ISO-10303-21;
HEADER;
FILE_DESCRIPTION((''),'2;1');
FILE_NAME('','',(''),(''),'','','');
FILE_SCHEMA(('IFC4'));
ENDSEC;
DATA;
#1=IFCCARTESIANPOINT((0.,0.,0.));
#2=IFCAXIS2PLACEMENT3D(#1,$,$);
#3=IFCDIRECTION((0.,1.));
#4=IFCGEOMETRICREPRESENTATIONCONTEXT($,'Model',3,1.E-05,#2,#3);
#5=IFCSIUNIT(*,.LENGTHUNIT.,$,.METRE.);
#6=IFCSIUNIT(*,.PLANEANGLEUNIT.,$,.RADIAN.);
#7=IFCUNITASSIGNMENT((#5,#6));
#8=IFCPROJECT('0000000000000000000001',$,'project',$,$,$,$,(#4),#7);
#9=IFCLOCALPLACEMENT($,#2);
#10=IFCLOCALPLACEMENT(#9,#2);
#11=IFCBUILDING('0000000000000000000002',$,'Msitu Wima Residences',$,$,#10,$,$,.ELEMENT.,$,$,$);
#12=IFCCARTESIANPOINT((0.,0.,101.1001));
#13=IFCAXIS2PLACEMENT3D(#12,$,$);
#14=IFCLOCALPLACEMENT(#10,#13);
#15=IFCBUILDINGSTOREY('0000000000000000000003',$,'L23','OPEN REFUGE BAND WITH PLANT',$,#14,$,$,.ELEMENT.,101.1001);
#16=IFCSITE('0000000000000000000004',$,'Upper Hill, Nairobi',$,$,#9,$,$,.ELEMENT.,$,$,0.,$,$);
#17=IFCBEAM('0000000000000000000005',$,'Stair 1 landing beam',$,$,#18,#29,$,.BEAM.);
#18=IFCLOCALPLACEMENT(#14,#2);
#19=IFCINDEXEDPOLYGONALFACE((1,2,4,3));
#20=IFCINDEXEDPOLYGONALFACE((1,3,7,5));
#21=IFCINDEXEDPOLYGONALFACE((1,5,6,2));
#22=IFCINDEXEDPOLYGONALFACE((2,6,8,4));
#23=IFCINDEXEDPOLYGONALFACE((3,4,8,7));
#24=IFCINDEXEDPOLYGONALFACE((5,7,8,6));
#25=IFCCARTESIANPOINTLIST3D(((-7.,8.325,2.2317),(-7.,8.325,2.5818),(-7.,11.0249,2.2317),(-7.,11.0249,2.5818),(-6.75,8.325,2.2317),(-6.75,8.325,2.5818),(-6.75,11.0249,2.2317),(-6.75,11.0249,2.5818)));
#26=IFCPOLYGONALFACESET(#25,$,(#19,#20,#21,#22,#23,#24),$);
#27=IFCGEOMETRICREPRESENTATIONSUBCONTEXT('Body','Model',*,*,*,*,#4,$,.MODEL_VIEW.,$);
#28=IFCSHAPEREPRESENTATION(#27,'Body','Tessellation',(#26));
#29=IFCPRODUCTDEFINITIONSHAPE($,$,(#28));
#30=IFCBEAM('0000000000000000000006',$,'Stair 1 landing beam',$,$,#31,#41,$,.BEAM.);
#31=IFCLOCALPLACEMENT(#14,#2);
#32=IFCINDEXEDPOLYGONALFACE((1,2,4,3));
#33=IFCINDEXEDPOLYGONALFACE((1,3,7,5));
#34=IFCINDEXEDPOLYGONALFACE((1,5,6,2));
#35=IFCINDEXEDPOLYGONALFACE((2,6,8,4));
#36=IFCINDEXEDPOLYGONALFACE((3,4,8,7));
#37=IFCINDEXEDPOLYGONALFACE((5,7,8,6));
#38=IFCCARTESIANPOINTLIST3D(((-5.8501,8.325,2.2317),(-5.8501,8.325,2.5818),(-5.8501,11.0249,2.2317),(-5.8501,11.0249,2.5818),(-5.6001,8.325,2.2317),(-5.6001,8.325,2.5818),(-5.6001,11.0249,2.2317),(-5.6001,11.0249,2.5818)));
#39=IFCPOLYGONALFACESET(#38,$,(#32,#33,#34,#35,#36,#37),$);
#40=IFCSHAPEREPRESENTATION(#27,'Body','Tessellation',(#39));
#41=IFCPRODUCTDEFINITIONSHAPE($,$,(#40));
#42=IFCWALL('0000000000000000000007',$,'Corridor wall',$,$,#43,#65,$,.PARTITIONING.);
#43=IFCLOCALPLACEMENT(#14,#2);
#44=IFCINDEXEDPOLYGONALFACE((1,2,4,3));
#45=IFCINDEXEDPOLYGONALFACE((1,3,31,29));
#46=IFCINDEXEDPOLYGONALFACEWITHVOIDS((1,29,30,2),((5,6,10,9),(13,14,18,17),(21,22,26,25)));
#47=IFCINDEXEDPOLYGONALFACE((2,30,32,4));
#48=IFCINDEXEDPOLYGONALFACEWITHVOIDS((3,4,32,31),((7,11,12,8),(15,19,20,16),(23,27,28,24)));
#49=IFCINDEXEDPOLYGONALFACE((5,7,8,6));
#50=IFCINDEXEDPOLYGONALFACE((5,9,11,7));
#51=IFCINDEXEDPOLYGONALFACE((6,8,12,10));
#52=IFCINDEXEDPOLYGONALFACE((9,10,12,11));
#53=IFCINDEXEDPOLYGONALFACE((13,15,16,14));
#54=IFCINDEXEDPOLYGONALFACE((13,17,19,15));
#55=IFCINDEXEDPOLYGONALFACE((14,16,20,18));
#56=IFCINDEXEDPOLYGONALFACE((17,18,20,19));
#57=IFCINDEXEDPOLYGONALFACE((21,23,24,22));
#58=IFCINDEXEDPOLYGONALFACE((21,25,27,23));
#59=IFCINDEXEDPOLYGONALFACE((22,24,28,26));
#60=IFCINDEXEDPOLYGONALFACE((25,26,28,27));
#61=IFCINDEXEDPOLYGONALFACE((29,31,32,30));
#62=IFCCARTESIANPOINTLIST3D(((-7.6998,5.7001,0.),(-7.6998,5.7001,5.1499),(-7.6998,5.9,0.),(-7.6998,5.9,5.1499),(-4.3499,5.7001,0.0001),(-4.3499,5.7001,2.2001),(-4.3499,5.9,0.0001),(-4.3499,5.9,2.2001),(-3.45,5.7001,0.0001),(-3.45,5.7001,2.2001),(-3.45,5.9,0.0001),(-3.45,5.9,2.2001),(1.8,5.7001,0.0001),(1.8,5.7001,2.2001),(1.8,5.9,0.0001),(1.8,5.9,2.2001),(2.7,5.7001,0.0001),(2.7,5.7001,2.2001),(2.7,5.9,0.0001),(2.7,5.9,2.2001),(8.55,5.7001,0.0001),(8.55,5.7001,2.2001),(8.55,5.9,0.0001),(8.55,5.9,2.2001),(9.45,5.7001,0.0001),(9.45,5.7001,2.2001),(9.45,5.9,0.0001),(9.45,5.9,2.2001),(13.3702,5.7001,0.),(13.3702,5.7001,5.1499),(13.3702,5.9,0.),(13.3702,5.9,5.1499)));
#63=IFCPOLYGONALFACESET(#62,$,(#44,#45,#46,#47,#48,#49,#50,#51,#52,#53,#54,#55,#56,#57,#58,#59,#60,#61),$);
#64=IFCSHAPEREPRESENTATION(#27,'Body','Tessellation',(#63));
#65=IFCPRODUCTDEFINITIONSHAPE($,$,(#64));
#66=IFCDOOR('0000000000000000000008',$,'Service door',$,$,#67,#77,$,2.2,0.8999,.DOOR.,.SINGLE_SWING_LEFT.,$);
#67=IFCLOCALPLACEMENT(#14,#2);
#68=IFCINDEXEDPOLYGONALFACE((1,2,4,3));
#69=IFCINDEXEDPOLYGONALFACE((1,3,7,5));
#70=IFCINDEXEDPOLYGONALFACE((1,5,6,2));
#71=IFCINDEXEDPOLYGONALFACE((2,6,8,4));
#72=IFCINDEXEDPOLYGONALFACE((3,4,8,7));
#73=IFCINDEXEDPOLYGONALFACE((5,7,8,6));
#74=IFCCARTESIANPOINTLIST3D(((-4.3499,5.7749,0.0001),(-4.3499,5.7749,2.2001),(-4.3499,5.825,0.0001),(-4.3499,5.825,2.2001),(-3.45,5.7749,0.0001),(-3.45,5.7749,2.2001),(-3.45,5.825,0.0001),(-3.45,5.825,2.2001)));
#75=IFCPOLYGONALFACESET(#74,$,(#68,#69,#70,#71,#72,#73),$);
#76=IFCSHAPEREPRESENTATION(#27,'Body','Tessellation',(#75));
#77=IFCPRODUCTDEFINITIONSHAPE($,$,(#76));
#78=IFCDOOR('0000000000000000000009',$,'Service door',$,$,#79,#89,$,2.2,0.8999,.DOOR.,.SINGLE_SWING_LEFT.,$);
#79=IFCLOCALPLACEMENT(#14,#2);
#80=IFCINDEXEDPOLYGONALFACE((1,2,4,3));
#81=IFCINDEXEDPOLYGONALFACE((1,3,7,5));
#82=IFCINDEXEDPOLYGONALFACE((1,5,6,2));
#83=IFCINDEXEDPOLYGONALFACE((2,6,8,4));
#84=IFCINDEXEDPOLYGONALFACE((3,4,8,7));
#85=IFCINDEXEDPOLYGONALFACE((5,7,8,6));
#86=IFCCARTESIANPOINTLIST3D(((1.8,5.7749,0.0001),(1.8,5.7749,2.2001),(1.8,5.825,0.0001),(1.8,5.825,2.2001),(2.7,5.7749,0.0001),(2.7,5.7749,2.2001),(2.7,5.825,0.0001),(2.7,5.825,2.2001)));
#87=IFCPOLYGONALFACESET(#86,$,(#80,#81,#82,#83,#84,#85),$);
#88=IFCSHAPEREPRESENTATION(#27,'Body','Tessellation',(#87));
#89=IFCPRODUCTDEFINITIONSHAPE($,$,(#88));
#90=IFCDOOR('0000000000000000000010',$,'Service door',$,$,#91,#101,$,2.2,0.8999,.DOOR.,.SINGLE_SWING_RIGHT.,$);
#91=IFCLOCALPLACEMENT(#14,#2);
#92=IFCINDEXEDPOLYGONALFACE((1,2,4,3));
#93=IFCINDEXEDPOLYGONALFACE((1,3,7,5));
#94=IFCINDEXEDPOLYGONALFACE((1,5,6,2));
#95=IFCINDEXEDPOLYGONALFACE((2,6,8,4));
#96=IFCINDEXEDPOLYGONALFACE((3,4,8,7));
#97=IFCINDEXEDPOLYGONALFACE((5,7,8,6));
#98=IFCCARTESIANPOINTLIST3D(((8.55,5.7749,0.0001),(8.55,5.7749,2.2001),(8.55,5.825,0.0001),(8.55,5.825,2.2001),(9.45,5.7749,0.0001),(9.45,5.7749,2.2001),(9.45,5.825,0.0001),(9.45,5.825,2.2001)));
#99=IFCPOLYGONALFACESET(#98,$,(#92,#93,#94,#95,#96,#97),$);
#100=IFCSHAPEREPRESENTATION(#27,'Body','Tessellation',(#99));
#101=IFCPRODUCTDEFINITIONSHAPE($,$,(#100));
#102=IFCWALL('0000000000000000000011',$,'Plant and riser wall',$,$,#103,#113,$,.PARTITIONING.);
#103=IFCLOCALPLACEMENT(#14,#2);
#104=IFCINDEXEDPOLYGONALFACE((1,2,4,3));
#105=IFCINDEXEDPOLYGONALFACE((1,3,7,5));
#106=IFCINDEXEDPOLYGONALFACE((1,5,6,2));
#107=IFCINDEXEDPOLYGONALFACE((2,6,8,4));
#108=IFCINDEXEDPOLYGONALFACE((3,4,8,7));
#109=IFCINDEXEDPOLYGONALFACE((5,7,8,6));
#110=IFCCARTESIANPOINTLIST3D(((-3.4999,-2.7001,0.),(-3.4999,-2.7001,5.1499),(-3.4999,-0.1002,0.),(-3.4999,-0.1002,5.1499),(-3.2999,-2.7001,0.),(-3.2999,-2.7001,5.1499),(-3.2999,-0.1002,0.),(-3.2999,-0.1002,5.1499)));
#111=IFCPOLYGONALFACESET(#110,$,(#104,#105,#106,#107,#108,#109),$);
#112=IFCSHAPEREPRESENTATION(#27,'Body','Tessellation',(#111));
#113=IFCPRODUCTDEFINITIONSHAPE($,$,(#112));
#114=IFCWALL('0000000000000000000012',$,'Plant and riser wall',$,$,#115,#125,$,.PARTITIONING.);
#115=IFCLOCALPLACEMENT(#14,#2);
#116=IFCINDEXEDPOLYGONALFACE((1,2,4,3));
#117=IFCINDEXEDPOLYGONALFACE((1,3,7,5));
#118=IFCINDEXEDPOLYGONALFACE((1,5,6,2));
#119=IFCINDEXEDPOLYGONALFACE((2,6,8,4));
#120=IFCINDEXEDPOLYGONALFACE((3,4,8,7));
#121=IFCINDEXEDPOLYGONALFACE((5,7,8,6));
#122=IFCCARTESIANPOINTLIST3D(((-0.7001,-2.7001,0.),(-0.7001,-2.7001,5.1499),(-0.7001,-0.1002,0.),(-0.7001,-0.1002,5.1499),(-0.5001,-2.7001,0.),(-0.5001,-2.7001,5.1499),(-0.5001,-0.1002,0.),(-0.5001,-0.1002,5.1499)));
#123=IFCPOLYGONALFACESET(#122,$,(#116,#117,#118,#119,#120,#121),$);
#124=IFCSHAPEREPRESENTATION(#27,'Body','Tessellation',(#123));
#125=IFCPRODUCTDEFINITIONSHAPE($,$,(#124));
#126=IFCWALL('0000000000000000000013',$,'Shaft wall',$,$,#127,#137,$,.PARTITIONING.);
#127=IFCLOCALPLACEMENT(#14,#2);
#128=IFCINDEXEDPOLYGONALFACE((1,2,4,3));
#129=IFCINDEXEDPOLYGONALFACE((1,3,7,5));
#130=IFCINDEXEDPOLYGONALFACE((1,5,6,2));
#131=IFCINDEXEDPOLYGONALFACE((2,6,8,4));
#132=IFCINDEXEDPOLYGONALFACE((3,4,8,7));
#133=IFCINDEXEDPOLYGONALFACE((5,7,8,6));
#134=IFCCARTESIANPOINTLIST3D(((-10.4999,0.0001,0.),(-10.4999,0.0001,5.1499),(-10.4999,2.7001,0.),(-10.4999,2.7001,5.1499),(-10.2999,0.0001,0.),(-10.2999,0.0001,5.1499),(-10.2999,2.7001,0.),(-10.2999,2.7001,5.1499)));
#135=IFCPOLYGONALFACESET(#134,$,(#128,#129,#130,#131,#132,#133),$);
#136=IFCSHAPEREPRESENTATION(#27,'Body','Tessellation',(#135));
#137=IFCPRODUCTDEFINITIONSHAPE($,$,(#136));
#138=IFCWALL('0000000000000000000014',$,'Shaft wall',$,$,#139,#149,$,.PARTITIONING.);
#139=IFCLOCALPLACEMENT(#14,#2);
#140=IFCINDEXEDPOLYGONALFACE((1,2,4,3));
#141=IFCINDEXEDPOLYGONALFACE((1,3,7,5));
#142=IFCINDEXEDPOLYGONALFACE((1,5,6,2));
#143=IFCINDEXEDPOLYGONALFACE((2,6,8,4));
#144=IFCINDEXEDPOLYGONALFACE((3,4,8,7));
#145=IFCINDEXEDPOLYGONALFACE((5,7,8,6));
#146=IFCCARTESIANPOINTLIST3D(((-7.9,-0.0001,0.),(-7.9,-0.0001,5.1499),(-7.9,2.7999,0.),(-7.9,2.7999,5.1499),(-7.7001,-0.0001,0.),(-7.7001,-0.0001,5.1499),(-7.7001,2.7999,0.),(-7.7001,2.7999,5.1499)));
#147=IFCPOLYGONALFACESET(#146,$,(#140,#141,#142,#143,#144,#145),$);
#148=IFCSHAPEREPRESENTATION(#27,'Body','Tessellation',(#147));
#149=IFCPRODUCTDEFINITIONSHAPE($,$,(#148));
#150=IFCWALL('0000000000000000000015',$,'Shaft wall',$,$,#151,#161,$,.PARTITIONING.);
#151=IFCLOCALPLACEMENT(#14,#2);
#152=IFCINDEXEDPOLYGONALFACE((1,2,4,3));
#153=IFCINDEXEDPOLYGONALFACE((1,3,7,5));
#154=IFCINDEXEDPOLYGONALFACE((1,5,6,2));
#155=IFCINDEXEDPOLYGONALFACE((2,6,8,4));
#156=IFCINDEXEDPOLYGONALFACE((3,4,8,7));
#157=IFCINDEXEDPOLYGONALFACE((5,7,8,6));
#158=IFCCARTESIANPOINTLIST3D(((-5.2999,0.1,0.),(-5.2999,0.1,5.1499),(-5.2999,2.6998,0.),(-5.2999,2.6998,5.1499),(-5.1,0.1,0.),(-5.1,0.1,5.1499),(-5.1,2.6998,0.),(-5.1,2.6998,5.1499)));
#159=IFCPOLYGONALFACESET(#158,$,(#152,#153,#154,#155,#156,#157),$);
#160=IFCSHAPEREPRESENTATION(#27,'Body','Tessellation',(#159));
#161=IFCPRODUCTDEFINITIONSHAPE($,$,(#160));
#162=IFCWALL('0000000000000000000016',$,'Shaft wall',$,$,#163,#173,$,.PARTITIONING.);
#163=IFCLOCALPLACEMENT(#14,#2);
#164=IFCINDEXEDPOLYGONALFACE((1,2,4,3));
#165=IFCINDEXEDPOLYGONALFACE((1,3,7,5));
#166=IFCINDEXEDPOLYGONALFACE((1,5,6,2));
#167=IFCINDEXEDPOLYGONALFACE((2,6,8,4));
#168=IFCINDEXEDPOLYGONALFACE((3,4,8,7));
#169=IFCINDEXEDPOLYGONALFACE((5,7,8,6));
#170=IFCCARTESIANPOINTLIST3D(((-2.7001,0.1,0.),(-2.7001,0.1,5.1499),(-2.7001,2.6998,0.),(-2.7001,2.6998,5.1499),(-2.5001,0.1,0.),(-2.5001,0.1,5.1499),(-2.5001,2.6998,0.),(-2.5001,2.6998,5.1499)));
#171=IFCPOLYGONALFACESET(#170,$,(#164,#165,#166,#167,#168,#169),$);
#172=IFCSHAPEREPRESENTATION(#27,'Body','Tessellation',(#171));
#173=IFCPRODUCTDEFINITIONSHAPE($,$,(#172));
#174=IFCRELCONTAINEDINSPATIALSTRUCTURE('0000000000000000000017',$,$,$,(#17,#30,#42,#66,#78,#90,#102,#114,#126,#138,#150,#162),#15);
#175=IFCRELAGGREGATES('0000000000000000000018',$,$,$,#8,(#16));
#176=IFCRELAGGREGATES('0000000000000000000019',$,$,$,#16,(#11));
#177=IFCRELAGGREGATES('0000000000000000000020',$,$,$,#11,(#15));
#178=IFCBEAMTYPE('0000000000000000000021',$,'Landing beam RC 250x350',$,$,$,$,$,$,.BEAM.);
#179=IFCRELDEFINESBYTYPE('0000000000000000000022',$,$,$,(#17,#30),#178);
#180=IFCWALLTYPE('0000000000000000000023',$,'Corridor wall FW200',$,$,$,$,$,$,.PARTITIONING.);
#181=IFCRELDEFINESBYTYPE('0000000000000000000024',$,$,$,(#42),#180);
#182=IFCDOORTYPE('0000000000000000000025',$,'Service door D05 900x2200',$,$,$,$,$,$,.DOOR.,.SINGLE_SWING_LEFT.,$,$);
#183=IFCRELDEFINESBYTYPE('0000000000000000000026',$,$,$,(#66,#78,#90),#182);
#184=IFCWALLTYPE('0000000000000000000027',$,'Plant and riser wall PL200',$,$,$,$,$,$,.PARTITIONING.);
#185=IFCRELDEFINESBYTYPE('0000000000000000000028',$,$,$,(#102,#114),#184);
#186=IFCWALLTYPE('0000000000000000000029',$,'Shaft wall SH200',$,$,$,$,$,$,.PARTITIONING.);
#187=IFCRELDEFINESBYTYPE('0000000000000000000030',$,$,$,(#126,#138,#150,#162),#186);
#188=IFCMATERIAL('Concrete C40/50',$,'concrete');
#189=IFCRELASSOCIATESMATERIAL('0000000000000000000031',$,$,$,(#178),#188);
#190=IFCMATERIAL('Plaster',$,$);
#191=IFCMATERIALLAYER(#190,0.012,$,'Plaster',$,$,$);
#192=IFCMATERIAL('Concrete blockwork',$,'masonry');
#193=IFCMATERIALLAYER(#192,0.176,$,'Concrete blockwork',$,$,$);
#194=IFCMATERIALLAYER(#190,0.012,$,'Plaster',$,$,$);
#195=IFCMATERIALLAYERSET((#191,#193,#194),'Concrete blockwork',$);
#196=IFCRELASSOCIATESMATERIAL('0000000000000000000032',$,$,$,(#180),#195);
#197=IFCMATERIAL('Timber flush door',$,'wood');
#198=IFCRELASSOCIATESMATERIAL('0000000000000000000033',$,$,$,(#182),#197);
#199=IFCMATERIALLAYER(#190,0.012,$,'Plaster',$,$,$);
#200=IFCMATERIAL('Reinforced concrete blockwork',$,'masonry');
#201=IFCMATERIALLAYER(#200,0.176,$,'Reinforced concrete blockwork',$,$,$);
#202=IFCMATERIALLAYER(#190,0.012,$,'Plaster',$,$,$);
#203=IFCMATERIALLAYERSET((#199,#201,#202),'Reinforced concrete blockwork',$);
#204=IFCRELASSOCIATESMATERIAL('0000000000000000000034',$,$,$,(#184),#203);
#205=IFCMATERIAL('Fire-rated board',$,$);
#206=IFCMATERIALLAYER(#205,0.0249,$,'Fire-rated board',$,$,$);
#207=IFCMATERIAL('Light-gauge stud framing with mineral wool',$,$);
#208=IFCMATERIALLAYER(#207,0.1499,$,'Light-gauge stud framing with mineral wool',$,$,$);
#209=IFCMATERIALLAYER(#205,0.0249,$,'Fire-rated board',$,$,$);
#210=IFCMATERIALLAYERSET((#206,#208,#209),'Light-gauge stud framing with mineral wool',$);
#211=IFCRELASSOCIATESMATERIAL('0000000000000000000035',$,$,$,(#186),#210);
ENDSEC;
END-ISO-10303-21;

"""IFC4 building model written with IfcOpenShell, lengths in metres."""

from ifc_helpers import new_model, si_unit, direction, frame, frame_2d, origin, origin_2d, place, context, subcontext, project, spatial, rectangle, extrude, material, layer, layer_set, material_profile, profile_set, type_object, element, fill, save


model = new_model("IFC4")

# Units and contexts
model_context = context("Model", 3, precision=1e-05, world=origin(), true_north=direction((0.0, 1.0)))
body_context = subcontext(model_context, "Body", "Model", "MODEL_VIEW")
ifc_project = project(units=[si_unit("LENGTHUNIT", "METRE"), si_unit("PLANEANGLEUNIT", "RADIAN")], contexts=[model_context])

# Site, building, storey
site_placement = place(None, origin())
site = spatial("IfcSite", under=ifc_project, at=site_placement, Name="Upper Hill, Nairobi", CompositionType="ELEMENT", RefElevation=0.0)
building_placement = place(site_placement, origin())
building = spatial("IfcBuilding", under=site, at=building_placement, Name="Msitu Wima Residences", CompositionType="ELEMENT")
storey_placement = place(building_placement, frame((0.0, 0.0, 101.1001)))
storey = spatial("IfcBuildingStorey", under=building, at=storey_placement, Name="L23", Description="OPEN REFUGE BAND WITH PLANT", CompositionType="ELEMENT", Elevation=101.1001)

# Beams
ifc_material_1 = material(Name="Concrete C40/50", Category="concrete")
ifc_material_profile = material_profile(ifc_material_1, rectangle(XDim=0.25, YDim=0.3501, at=origin_2d()), Name="RC 250x350")
ifc_profile_set = profile_set([ifc_material_profile], Name="Concrete C40/50")
beam_type = type_object("IfcBeamType", Name="Landing beam RC 250x350", PredefinedType="BEAM", material=ifc_profile_set)
for number, where, z_axis, x_axis, name in (
    (1, (-6.875, 8.325, 2.4067), (0.0, 1.0, 0.0), (-1.0, 0.0, 0.0), "Stair 1 landing beam"),
    (2, (-5.7251, 8.325, 2.4067), (0.0, 1.0, 0.0), (-1.0, 0.0, 0.0), "Stair 1 landing beam"),
):
    element("IfcBeam", number, at=place(storey_placement, frame(where, z_axis=z_axis, x_axis=x_axis)), inside=storey, type_object=beam_type, Name=name, PredefinedType="BEAM", context=body_context, shape_type="SweptSolid", body=[
        extrude(rectangle(XDim=0.25, YDim=0.3501, at=origin_2d()), origin(), (0.0, 0.0, 1.0), 2.7),
    ])

# Shared definitions
ifc_material_2 = material(Name="Plaster")
ifc_layer_1 = layer(ifc_material_2, 0.012, Name="Plaster")
ifc_material_3 = material(Name="Concrete blockwork", Category="masonry")
ifc_layer_2 = layer(ifc_material_3, 0.176, Name="Concrete blockwork")
ifc_layer_3 = layer(ifc_material_2, 0.012, Name="Plaster")
ifc_layer_set_1 = layer_set([ifc_layer_1, ifc_layer_2, ifc_layer_3], Name="Concrete blockwork")
wall_type_1 = type_object("IfcWallType", Name="Corridor wall FW200", PredefinedType="PARTITIONING", material=ifc_layer_set_1)

# Wall, openings, doors
wall_1_placement = place(storey_placement, frame((-7.7, 5.8, 0.0), z_axis=(0.0, 0.0, 1.0), x_axis=(1.0, 0.0, 0.0)))
wall_1 = element("IfcWall", 3, at=wall_1_placement, inside=storey, type_object=wall_type_1, Name="Corridor wall", PredefinedType="PARTITIONING", context=body_context, shape_type="SweptSolid", body=[
    extrude(rectangle(XDim=21.0701, YDim=0.2, at=frame_2d((10.5352, 0.0))), origin(), (0.0, 0.0, 1.0), 5.1499),
])
opening_1_placement = place(wall_1_placement, frame((3.3501, 0.0, 0.0)))
opening_1 = element("IfcOpeningElement", 4, at=opening_1_placement, cuts=wall_1, PredefinedType="OPENING", context=body_context, shape_type="SweptSolid", body=[
    extrude(rectangle(XDim=0.8999, YDim=2.2, at=frame_2d((0.45, 1.1001))), frame((0.0, 0.1099, 0.0), z_axis=(0.0, -1.0, 0.0), x_axis=(1.0, 0.0, 0.0)), (0.0, 0.0, 1.0), 0.22),
])
opening_2_placement = place(wall_1_placement, frame((9.5, 0.0, 0.0)))
opening_2 = element("IfcOpeningElement", 5, at=opening_2_placement, cuts=wall_1, PredefinedType="OPENING", context=body_context, shape_type="SweptSolid", body=[
    extrude(rectangle(XDim=0.8999, YDim=2.2, at=frame_2d((0.45, 1.1001))), frame((0.0, 0.1099, 0.0), z_axis=(0.0, -1.0, 0.0), x_axis=(1.0, 0.0, 0.0)), (0.0, 0.0, 1.0), 0.22),
])
opening_3_placement = place(wall_1_placement, frame((16.25, 0.0, 0.0)))
opening_3 = element("IfcOpeningElement", 6, at=opening_3_placement, cuts=wall_1, PredefinedType="OPENING", context=body_context, shape_type="SweptSolid", body=[
    extrude(rectangle(XDim=0.8999, YDim=2.2, at=frame_2d((0.45, 1.1001))), frame((0.0, 0.1099, 0.0), z_axis=(0.0, -1.0, 0.0), x_axis=(1.0, 0.0, 0.0)), (0.0, 0.0, 1.0), 0.22),
])
ifc_material_4 = material(Name="Timber flush door", Category="wood")
door_type_1 = type_object("IfcDoorType", Name="Service door D05 900x2200", OperationType="SINGLE_SWING_LEFT", PredefinedType="DOOR", material=ifc_material_4)
door_1_placement = place(opening_1_placement, origin())
door_1 = element("IfcDoor", 7, at=door_1_placement, inside=storey, type_object=door_type_1, Name="Service door", OperationType="SINGLE_SWING_LEFT", OverallHeight=2.2, OverallWidth=0.8999, PredefinedType="DOOR", context=body_context, shape_type="SweptSolid", body=[
    extrude(rectangle(XDim=0.8999, YDim=2.2, at=frame_2d((0.45, 1.1001))), frame((0.0, 0.0249, 0.0), z_axis=(0.0, -1.0, 0.0), x_axis=(1.0, 0.0, 0.0)), (0.0, 0.0, 1.0), 0.05),
])
fill(opening_1, door_1)
door_2_placement = place(opening_2_placement, origin())
door_2 = element("IfcDoor", 8, at=door_2_placement, inside=storey, type_object=door_type_1, Name="Service door", OperationType="SINGLE_SWING_LEFT", OverallHeight=2.2, OverallWidth=0.8999, PredefinedType="DOOR", context=body_context, shape_type="SweptSolid", body=[
    extrude(rectangle(XDim=0.8999, YDim=2.2, at=frame_2d((0.45, 1.1001))), frame((0.0, 0.0249, 0.0), z_axis=(0.0, -1.0, 0.0), x_axis=(1.0, 0.0, 0.0)), (0.0, 0.0, 1.0), 0.05),
])
fill(opening_2, door_2)
door_3_placement = place(opening_3_placement, origin())
door_3 = element("IfcDoor", 9, at=door_3_placement, inside=storey, type_object=door_type_1, Name="Service door", OperationType="SINGLE_SWING_RIGHT", OverallHeight=2.2, OverallWidth=0.8999, PredefinedType="DOOR", context=body_context, shape_type="SweptSolid", body=[
    extrude(rectangle(XDim=0.8999, YDim=2.2, at=frame_2d((0.45, 1.1001))), frame((0.0, 0.0249, 0.0), z_axis=(0.0, -1.0, 0.0), x_axis=(1.0, 0.0, 0.0)), (0.0, 0.0, 1.0), 0.05),
])
fill(opening_3, door_3)

# Walls
ifc_layer_4 = layer(ifc_material_2, 0.012, Name="Plaster")
ifc_material_5 = material(Name="Reinforced concrete blockwork", Category="masonry")
ifc_layer_5 = layer(ifc_material_5, 0.176, Name="Reinforced concrete blockwork")
ifc_layer_6 = layer(ifc_material_2, 0.012, Name="Plaster")
ifc_layer_set_2 = layer_set([ifc_layer_4, ifc_layer_5, ifc_layer_6], Name="Reinforced concrete blockwork")
wall_type_2 = type_object("IfcWallType", Name="Plant and riser wall PL200", PredefinedType="PARTITIONING", material=ifc_layer_set_2)
for number, where, z_axis, x_axis, name in (
    (10, (-3.3999, -2.7, 0.0), (0.0, 0.0, 1.0), (0.0, 1.0, 0.0), "Plant and riser wall"),
    (11, (-0.6001, -2.7, 0.0), (0.0, 0.0, 1.0), (0.0, 1.0, 0.0), "Plant and riser wall"),
):
    element("IfcWall", number, at=place(storey_placement, frame(where, z_axis=z_axis, x_axis=x_axis)), inside=storey, type_object=wall_type_2, Name=name, PredefinedType="PARTITIONING", context=body_context, shape_type="SweptSolid", body=[
        extrude(rectangle(XDim=2.5999, YDim=0.2, at=frame_2d((1.2998, 0.0))), origin(), (0.0, 0.0, 1.0), 5.1499),
    ])
ifc_material_6 = material(Name="Fire-rated board")
ifc_layer_7 = layer(ifc_material_6, 0.0249, Name="Fire-rated board")
ifc_material_7 = material(Name="Light-gauge stud framing with mineral wool")
ifc_layer_8 = layer(ifc_material_7, 0.1499, Name="Light-gauge stud framing with mineral wool")
ifc_layer_9 = layer(ifc_material_6, 0.0249, Name="Fire-rated board")
ifc_layer_set_3 = layer_set([ifc_layer_7, ifc_layer_8, ifc_layer_9], Name="Light-gauge stud framing with mineral wool")
wall_type_3 = type_object("IfcWallType", Name="Shaft wall SH200", PredefinedType="PARTITIONING", material=ifc_layer_set_3)
wall_2_placement = place(storey_placement, frame((-10.3999, 0.0, 0.0), z_axis=(0.0, 0.0, 1.0), x_axis=(0.0, 1.0, 0.0)))
element("IfcWall", 12, at=wall_2_placement, inside=storey, type_object=wall_type_3, Name="Shaft wall", PredefinedType="PARTITIONING", context=body_context, shape_type="SweptSolid", body=[
    extrude(rectangle(XDim=2.7, YDim=0.2, at=frame_2d((1.3501, 0.0))), origin(), (0.0, 0.0, 1.0), 5.1499),
])
wall_3_placement = place(storey_placement, frame((-7.8, 0.0, 0.0), z_axis=(0.0, 0.0, 1.0), x_axis=(0.0, 1.0, 0.0)))
element("IfcWall", 13, at=wall_3_placement, inside=storey, type_object=wall_type_3, Name="Shaft wall", PredefinedType="PARTITIONING", context=body_context, shape_type="SweptSolid", body=[
    extrude(rectangle(XDim=2.8, YDim=0.2, at=frame_2d((1.3999, 0.0))), origin(), (0.0, 0.0, 1.0), 5.1499),
])
for number, where, z_axis, x_axis, name in (
    (14, (-5.2, 0.1001, 0.0), (0.0, 0.0, 1.0), (0.0, 1.0, 0.0), "Shaft wall"),
    (15, (-2.6001, 0.1001, 0.0), (0.0, 0.0, 1.0), (0.0, 1.0, 0.0), "Shaft wall"),
):
    element("IfcWall", number, at=place(storey_placement, frame(where, z_axis=z_axis, x_axis=x_axis)), inside=storey, type_object=wall_type_3, Name=name, PredefinedType="PARTITIONING", context=body_context, shape_type="SweptSolid", body=[
        extrude(rectangle(XDim=2.5999, YDim=0.2, at=frame_2d((1.2998, 0.0))), origin(), (0.0, 0.0, 1.0), 5.1499),
    ])

save(model, "model.ifc")
